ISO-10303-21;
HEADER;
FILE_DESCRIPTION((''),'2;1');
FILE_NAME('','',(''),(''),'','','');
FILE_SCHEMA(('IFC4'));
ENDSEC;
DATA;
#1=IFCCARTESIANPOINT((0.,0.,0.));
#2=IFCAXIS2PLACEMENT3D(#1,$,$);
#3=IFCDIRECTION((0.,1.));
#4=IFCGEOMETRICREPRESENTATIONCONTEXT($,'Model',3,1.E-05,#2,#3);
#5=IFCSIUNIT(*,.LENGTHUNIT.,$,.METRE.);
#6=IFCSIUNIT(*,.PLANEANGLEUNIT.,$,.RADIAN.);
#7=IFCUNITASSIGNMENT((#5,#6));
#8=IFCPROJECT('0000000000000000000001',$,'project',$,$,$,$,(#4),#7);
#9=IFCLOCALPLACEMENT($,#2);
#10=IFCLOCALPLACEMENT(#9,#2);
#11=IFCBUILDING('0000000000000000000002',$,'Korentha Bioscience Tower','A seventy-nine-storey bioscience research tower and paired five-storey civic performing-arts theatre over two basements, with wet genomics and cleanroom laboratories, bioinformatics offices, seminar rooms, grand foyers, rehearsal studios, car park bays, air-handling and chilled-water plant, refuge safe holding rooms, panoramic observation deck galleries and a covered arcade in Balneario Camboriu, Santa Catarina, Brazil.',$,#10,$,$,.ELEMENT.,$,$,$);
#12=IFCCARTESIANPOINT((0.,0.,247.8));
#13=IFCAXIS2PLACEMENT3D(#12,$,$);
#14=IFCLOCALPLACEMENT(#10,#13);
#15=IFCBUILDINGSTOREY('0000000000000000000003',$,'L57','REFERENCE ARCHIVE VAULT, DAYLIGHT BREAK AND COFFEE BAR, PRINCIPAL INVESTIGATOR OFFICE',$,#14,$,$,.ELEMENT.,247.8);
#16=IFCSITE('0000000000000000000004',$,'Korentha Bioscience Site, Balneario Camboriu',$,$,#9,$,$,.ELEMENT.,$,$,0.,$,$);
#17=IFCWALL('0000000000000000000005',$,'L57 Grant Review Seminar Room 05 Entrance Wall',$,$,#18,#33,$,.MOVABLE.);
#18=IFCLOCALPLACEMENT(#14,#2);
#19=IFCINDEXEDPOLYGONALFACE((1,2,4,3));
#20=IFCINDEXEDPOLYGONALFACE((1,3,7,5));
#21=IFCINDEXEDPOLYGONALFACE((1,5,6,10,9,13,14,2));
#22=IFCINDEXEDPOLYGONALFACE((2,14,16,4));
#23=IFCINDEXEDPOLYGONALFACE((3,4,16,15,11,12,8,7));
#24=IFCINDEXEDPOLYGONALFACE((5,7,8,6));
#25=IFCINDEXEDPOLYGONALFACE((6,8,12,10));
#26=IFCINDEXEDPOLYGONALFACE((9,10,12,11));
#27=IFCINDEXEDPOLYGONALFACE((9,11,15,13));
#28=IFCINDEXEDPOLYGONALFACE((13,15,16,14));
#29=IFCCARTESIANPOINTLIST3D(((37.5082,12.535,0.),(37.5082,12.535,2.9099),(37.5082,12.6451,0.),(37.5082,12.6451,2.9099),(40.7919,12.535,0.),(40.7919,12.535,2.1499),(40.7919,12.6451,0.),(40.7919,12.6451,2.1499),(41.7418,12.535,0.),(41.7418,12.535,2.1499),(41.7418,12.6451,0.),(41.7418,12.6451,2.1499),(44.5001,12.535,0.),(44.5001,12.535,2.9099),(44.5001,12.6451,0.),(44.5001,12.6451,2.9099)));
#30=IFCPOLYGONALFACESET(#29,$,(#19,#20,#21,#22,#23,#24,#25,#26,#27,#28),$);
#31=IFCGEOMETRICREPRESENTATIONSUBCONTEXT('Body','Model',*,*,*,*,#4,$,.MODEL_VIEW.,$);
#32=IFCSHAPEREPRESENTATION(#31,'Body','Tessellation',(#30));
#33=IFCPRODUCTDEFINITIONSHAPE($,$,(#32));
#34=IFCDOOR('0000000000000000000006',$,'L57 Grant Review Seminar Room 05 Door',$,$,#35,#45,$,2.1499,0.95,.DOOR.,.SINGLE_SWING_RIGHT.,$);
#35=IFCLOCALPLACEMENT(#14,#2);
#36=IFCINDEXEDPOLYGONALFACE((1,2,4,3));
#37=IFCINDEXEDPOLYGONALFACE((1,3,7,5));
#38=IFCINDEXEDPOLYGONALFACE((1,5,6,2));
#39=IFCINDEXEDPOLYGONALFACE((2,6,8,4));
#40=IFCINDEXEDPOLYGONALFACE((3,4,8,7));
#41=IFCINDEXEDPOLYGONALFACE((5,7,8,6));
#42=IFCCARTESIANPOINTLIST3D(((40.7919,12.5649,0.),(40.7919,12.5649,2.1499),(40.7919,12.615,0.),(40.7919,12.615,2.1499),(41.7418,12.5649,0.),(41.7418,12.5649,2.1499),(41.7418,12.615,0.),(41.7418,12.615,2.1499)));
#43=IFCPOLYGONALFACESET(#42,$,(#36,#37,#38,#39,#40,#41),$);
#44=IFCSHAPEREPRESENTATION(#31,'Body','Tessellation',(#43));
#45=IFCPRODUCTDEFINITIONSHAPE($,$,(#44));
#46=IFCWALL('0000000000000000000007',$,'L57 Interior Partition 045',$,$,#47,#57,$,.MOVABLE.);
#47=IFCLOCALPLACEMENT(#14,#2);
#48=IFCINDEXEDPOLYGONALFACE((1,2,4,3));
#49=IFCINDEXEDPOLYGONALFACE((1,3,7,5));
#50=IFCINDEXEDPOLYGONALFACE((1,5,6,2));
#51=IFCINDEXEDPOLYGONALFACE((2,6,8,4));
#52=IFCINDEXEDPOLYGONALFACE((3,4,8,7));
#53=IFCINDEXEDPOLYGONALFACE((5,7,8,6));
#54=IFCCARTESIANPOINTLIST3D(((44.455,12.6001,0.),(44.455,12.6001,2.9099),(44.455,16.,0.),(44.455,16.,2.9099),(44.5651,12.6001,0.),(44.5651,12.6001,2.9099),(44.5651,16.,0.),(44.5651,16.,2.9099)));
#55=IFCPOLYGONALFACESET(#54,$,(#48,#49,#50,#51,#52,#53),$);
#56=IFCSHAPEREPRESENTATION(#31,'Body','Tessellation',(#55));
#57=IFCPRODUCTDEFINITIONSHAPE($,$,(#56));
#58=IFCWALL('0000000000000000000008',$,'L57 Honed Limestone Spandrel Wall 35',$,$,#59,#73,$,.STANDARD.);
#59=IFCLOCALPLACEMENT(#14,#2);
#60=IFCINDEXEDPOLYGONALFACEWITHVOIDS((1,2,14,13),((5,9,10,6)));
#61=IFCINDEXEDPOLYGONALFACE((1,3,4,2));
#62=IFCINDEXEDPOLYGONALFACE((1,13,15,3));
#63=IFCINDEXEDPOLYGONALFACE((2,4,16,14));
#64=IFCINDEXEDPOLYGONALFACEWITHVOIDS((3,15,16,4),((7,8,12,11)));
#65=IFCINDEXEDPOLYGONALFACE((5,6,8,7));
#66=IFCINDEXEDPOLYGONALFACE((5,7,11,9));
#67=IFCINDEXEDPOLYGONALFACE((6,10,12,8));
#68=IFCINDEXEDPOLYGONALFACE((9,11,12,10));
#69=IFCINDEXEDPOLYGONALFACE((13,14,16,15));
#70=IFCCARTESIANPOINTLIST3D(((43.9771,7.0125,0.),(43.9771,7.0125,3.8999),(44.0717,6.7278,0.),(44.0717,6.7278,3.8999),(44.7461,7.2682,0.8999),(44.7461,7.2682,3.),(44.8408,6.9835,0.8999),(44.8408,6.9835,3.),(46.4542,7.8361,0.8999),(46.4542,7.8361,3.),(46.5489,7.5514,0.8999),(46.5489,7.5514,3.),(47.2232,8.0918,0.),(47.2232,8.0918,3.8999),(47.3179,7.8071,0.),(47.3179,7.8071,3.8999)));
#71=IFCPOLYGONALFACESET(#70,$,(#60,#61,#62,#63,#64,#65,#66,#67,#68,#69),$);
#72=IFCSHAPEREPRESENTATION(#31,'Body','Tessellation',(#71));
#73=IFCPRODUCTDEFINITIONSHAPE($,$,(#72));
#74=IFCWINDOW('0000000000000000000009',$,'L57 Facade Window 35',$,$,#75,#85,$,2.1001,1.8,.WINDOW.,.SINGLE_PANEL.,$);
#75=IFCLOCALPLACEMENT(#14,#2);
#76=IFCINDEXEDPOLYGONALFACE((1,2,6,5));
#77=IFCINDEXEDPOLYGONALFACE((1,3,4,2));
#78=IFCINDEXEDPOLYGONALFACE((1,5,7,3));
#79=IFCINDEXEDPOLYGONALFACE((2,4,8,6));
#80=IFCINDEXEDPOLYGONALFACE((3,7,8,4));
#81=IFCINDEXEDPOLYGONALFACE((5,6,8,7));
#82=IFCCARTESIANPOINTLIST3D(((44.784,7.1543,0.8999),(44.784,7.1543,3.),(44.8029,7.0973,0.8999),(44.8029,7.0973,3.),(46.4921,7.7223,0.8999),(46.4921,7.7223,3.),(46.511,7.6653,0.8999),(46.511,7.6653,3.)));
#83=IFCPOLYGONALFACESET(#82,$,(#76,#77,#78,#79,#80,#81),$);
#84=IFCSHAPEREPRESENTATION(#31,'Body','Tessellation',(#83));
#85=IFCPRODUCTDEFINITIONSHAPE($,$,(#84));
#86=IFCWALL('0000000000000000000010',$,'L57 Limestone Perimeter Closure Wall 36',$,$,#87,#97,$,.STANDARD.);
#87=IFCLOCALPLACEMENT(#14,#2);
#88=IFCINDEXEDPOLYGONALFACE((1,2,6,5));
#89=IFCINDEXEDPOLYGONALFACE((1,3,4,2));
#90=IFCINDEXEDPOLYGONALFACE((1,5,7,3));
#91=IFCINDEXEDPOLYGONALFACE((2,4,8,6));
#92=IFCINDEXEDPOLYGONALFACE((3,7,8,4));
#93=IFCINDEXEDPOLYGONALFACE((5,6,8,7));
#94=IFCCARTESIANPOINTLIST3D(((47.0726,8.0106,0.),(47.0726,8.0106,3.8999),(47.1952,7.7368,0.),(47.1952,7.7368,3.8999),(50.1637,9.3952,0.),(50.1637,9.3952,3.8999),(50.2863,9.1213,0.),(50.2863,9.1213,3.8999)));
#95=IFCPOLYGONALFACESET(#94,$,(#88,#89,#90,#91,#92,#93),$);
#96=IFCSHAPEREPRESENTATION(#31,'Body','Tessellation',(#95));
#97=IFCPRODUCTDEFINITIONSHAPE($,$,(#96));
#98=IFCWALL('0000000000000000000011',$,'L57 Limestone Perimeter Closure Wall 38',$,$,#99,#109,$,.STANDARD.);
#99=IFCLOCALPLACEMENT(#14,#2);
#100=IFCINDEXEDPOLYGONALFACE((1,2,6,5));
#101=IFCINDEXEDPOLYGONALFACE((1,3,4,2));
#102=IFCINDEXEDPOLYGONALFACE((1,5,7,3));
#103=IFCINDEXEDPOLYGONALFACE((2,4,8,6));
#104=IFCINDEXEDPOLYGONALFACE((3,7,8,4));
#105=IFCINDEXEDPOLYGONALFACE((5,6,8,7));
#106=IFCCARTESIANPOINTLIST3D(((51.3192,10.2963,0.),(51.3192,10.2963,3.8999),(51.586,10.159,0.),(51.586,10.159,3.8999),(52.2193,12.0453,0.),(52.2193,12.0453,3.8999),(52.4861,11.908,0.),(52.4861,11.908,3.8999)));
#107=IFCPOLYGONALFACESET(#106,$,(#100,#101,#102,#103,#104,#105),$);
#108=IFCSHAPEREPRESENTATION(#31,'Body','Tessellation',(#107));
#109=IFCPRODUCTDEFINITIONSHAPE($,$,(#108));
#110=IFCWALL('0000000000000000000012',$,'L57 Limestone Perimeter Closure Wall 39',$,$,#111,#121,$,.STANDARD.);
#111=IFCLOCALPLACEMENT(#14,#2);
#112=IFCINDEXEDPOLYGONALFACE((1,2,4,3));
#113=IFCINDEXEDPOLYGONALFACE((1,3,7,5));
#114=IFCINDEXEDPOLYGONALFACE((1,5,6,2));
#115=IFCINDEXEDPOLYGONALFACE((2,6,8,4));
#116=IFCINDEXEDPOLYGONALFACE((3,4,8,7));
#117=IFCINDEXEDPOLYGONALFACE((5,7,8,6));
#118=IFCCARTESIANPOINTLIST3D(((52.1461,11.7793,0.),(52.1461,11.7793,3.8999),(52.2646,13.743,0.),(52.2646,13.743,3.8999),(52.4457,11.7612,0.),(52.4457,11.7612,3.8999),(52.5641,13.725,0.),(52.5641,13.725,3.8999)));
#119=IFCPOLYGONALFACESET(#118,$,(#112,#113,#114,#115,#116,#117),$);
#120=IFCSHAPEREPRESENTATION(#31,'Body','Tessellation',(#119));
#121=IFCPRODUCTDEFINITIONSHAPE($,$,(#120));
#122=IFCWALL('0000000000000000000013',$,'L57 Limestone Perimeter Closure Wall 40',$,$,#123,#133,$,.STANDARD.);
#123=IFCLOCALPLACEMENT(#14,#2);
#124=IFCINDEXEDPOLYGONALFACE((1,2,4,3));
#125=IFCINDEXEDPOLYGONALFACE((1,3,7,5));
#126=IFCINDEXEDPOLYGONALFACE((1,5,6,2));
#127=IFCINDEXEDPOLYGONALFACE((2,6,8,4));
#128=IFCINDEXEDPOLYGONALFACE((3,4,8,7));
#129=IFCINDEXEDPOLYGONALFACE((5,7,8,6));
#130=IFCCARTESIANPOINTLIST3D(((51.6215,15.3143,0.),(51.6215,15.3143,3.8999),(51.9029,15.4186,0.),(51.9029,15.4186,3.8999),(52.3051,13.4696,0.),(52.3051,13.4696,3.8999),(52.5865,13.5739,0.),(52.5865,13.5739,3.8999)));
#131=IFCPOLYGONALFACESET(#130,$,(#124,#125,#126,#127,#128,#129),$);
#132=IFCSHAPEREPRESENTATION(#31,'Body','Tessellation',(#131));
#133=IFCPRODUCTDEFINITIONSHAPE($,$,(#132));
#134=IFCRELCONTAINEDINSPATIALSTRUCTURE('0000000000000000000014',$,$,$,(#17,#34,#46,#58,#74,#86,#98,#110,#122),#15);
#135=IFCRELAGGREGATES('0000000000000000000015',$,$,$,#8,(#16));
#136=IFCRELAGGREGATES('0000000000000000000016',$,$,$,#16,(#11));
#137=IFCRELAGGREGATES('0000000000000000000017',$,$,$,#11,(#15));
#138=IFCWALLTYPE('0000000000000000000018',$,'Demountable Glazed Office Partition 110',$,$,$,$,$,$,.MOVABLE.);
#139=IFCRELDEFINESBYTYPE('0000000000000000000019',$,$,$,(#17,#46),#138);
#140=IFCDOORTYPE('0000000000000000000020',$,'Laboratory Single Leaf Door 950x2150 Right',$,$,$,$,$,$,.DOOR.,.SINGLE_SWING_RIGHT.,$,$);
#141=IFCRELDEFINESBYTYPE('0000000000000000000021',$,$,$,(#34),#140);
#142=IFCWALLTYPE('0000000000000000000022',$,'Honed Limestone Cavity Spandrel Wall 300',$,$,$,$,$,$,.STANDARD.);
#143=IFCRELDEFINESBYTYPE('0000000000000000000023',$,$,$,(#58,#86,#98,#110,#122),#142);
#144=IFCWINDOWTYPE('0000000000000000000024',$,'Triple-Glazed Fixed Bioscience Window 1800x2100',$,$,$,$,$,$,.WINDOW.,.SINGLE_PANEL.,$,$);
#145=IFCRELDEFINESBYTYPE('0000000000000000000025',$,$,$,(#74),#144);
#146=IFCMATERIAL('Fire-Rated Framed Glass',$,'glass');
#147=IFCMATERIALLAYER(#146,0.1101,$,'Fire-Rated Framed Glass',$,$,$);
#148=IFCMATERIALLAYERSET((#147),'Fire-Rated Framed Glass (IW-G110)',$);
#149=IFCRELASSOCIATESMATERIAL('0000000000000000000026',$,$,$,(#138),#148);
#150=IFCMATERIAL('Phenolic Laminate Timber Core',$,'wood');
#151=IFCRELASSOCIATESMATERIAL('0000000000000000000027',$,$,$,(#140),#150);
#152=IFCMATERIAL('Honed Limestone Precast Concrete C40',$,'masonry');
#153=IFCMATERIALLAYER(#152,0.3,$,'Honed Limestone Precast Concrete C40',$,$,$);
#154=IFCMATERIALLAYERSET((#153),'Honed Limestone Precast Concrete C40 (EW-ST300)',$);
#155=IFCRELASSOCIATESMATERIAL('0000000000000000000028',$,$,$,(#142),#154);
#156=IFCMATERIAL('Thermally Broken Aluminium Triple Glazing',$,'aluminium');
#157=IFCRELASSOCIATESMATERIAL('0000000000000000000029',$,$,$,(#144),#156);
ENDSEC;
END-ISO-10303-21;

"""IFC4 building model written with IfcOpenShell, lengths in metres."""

from ifc_helpers import new_model, si_unit, direction, frame, frame_2d, origin, place, context, subcontext, project, spatial, rectangle, extrude, material, layer, layer_set, type_object, element, fill, save


model = new_model("IFC4")

# Units and contexts
model_context = context("Model", 3, precision=1e-05, world=origin(), true_north=direction((0.0, 1.0)))
body_context = subcontext(model_context, "Body", "Model", "MODEL_VIEW")
ifc_project = project(units=[si_unit("LENGTHUNIT", "METRE"), si_unit("PLANEANGLEUNIT", "RADIAN")], contexts=[model_context])

# Site, building, storey
site_placement = place(None, origin())
site = spatial("IfcSite", under=ifc_project, at=site_placement, Name="Korentha Bioscience Site, Balneario Camboriu", CompositionType="ELEMENT", RefElevation=0.0)
building_placement = place(site_placement, origin())
building = spatial("IfcBuilding", under=site, at=building_placement, Name="Korentha Bioscience Tower", Description="A seventy-nine-storey bioscience research tower and paired five-storey civic performing-arts theatre over two basements, with wet genomics and cleanroom laboratories, bioinformatics offices, seminar rooms, grand foyers, rehearsal studios, car park bays, air-handling and chilled-water plant, refuge safe holding rooms, panoramic observation deck galleries and a covered arcade in Balneario Camboriu, Santa Catarina, Brazil.", CompositionType="ELEMENT")
storey_placement = place(building_placement, frame((0.0, 0.0, 247.8)))
storey = spatial("IfcBuildingStorey", under=building, at=storey_placement, Name="L57", Description="REFERENCE ARCHIVE VAULT, DAYLIGHT BREAK AND COFFEE BAR, PRINCIPAL INVESTIGATOR OFFICE", CompositionType="ELEMENT", Elevation=247.8)

# Wall, opening, door
ifc_material_1 = material(Name="Fire-Rated Framed Glass", Category="glass")
ifc_layer_1 = layer(ifc_material_1, 0.1101, Name="Fire-Rated Framed Glass")
ifc_layer_set_1 = layer_set([ifc_layer_1], Name="Fire-Rated Framed Glass (IW-G110)")
wall_type_1 = type_object("IfcWallType", Name="Demountable Glazed Office Partition 110", PredefinedType="MOVABLE", material=ifc_layer_set_1)
wall_1_placement = place(storey_placement, frame((37.5081, 12.5901, 0.0), z_axis=(0.0, 0.0, 1.0), x_axis=(1.0, 0.0, 0.0)))
wall_1 = element("IfcWall", 1, at=wall_1_placement, inside=storey, type_object=wall_type_1, Name="L57 Grant Review Seminar Room 05 Entrance Wall", PredefinedType="MOVABLE", context=body_context, shape_type="SweptSolid", body=[
    extrude(rectangle(XDim=6.9919, YDim=0.1101, at=frame_2d((3.4961, 0.0))), origin(), (0.0, 0.0, 1.0), 2.9099),
])
opening_1_placement = place(wall_1_placement, frame((3.2837, 0.0, 0.0)))
opening_1 = element("IfcOpeningElement", 2, at=opening_1_placement, cuts=wall_1, PredefinedType="OPENING", context=body_context, shape_type="SweptSolid", body=[
    extrude(rectangle(XDim=0.95, YDim=2.1499, at=frame_2d((0.4751, 1.075))), frame((0.0, 0.0698, 0.0), z_axis=(0.0, -1.0, 0.0), x_axis=(1.0, 0.0, 0.0)), (0.0, 0.0, 1.0), 0.1399),
])
ifc_material_2 = material(Name="Phenolic Laminate Timber Core", Category="wood")
door_type = type_object("IfcDoorType", Name="Laboratory Single Leaf Door 950x2150 Right", OperationType="SINGLE_SWING_RIGHT", PredefinedType="DOOR", material=ifc_material_2)
door_placement = place(opening_1_placement, origin())
door = element("IfcDoor", 3, at=door_placement, inside=storey, type_object=door_type, Name="L57 Grant Review Seminar Room 05 Door", OperationType="SINGLE_SWING_RIGHT", OverallHeight=2.1499, OverallWidth=0.95, PredefinedType="DOOR", context=body_context, shape_type="SweptSolid", body=[
    extrude(rectangle(XDim=0.95, YDim=2.1499, at=frame_2d((0.4751, 1.075))), frame((0.0, 0.0249, 0.0), z_axis=(0.0, -1.0, 0.0), x_axis=(1.0, 0.0, 0.0)), (0.0, 0.0, 1.0), 0.05),
])
fill(opening_1, door)

# Wall
wall_2_placement = place(storey_placement, frame((44.51, 12.6001, 0.0), z_axis=(0.0, 0.0, 1.0), x_axis=(0.0, 1.0, 0.0)))
element("IfcWall", 4, at=wall_2_placement, inside=storey, type_object=wall_type_1, Name="L57 Interior Partition 045", PredefinedType="MOVABLE", context=body_context, shape_type="SweptSolid", body=[
    extrude(rectangle(XDim=3.3999, YDim=0.1101, at=frame_2d((1.7, 0.0))), origin(), (0.0, 0.0, 1.0), 2.9099),
])

# Wall, opening, window
ifc_material_3 = material(Name="Honed Limestone Precast Concrete C40", Category="masonry")
ifc_layer_2 = layer(ifc_material_3, 0.3, Name="Honed Limestone Precast Concrete C40")
ifc_layer_set_2 = layer_set([ifc_layer_2], Name="Honed Limestone Precast Concrete C40 (EW-ST300)")
wall_type_2 = type_object("IfcWallType", Name="Honed Limestone Cavity Spandrel Wall 300", PredefinedType="STANDARD", material=ifc_layer_set_2)
wall_3_placement = place(storey_placement, frame((44.0244, 6.8701, 0.0), z_axis=(0.0, 0.0, 1.0), x_axis=(0.948919, 0.315521, 0.0)))
wall_3 = element("IfcWall", 5, at=wall_3_placement, inside=storey, type_object=wall_type_2, Name="L57 Honed Limestone Spandrel Wall 35", PredefinedType="STANDARD", context=body_context, shape_type="SweptSolid", body=[
    extrude(rectangle(XDim=3.4209, YDim=0.3, at=frame_2d((1.7104, 0.0))), origin(), (0.0, 0.0, 1.0), 3.8999),
])
opening_2_placement = place(wall_3_placement, frame((0.8105, 0.0, 0.8999)))
opening_2 = element("IfcOpeningElement", 6, at=opening_2_placement, cuts=wall_3, PredefinedType="OPENING", context=body_context, shape_type="SweptSolid", body=[
    extrude(rectangle(XDim=1.8, YDim=2.1001, at=frame_2d((0.8999, 1.05))), frame((0.0, 0.165, 0.0), z_axis=(0.0, -1.0, 0.0), x_axis=(1.0, 0.0, 0.0)), (0.0, 0.0, 1.0), 0.3298),
])
ifc_material_4 = material(Name="Thermally Broken Aluminium Triple Glazing", Category="aluminium")
window_type = type_object("IfcWindowType", Name="Triple-Glazed Fixed Bioscience Window 1800x2100", PartitioningType="SINGLE_PANEL", PredefinedType="WINDOW", material=ifc_material_4)
window_placement = place(opening_2_placement, origin())
window = element("IfcWindow", 7, at=window_placement, inside=storey, type_object=window_type, Name="L57 Facade Window 35", OverallHeight=2.1001, OverallWidth=1.8, PartitioningType="SINGLE_PANEL", PredefinedType="WINDOW", context=body_context, shape_type="SweptSolid", body=[
    extrude(rectangle(XDim=1.8, YDim=2.1001, at=frame_2d((0.8999, 1.05))), frame((0.0, 0.03, 0.0), z_axis=(0.0, -1.0, 0.0), x_axis=(1.0, 0.0, 0.0)), (0.0, 0.0, 1.0), 0.0601),
])
fill(opening_2, window)

# Walls
wall_4_placement = place(storey_placement, frame((47.134, 7.8738, 0.0), z_axis=(0.0, 0.0, 1.0), x_axis=(0.912634, 0.408779, 0.0)))
element("IfcWall", 8, at=wall_4_placement, inside=storey, type_object=wall_type_2, Name="L57 Limestone Perimeter Closure Wall 36", PredefinedType="STANDARD", context=body_context, shape_type="SweptSolid", body=[
    extrude(rectangle(XDim=3.387, YDim=0.3, at=frame_2d((1.6934, 0.0))), origin(), (0.0, 0.0, 1.0), 3.8999),
])
wall_5_placement = place(storey_placement, frame((51.4526, 10.2278, 0.0), z_axis=(0.0, 0.0, 1.0), x_axis=(0.457609, 0.889154, 0.0)))
element("IfcWall", 9, at=wall_5_placement, inside=storey, type_object=wall_type_2, Name="L57 Limestone Perimeter Closure Wall 38", PredefinedType="STANDARD", context=body_context, shape_type="SweptSolid", body=[
    extrude(rectangle(XDim=1.967, YDim=0.3, at=frame_2d((0.9834, 0.0))), origin(), (0.0, 0.0, 1.0), 3.8999),
])
for number, where, z_axis, x_axis, name in (
    (10, (52.2959, 11.7703, 0.0), (0.0, 0.0, 1.0), (0.060192, 0.998187, 0.0), "L57 Limestone Perimeter Closure Wall 39"),
    (11, (52.4458, 13.5217, 0.0), (0.0, 0.0, 1.0), (-0.347476, 0.937689, 0.0), "L57 Limestone Perimeter Closure Wall 40"),
):
    element("IfcWall", number, at=place(storey_placement, frame(where, z_axis=z_axis, x_axis=x_axis)), inside=storey, type_object=wall_type_2, Name=name, PredefinedType="STANDARD", context=body_context, shape_type="SweptSolid", body=[
        extrude(rectangle(XDim=1.9673, YDim=0.3, at=frame_2d((0.9836, 0.0))), origin(), (0.0, 0.0, 1.0), 3.8999),
    ])

save(model, "model.ifc")
